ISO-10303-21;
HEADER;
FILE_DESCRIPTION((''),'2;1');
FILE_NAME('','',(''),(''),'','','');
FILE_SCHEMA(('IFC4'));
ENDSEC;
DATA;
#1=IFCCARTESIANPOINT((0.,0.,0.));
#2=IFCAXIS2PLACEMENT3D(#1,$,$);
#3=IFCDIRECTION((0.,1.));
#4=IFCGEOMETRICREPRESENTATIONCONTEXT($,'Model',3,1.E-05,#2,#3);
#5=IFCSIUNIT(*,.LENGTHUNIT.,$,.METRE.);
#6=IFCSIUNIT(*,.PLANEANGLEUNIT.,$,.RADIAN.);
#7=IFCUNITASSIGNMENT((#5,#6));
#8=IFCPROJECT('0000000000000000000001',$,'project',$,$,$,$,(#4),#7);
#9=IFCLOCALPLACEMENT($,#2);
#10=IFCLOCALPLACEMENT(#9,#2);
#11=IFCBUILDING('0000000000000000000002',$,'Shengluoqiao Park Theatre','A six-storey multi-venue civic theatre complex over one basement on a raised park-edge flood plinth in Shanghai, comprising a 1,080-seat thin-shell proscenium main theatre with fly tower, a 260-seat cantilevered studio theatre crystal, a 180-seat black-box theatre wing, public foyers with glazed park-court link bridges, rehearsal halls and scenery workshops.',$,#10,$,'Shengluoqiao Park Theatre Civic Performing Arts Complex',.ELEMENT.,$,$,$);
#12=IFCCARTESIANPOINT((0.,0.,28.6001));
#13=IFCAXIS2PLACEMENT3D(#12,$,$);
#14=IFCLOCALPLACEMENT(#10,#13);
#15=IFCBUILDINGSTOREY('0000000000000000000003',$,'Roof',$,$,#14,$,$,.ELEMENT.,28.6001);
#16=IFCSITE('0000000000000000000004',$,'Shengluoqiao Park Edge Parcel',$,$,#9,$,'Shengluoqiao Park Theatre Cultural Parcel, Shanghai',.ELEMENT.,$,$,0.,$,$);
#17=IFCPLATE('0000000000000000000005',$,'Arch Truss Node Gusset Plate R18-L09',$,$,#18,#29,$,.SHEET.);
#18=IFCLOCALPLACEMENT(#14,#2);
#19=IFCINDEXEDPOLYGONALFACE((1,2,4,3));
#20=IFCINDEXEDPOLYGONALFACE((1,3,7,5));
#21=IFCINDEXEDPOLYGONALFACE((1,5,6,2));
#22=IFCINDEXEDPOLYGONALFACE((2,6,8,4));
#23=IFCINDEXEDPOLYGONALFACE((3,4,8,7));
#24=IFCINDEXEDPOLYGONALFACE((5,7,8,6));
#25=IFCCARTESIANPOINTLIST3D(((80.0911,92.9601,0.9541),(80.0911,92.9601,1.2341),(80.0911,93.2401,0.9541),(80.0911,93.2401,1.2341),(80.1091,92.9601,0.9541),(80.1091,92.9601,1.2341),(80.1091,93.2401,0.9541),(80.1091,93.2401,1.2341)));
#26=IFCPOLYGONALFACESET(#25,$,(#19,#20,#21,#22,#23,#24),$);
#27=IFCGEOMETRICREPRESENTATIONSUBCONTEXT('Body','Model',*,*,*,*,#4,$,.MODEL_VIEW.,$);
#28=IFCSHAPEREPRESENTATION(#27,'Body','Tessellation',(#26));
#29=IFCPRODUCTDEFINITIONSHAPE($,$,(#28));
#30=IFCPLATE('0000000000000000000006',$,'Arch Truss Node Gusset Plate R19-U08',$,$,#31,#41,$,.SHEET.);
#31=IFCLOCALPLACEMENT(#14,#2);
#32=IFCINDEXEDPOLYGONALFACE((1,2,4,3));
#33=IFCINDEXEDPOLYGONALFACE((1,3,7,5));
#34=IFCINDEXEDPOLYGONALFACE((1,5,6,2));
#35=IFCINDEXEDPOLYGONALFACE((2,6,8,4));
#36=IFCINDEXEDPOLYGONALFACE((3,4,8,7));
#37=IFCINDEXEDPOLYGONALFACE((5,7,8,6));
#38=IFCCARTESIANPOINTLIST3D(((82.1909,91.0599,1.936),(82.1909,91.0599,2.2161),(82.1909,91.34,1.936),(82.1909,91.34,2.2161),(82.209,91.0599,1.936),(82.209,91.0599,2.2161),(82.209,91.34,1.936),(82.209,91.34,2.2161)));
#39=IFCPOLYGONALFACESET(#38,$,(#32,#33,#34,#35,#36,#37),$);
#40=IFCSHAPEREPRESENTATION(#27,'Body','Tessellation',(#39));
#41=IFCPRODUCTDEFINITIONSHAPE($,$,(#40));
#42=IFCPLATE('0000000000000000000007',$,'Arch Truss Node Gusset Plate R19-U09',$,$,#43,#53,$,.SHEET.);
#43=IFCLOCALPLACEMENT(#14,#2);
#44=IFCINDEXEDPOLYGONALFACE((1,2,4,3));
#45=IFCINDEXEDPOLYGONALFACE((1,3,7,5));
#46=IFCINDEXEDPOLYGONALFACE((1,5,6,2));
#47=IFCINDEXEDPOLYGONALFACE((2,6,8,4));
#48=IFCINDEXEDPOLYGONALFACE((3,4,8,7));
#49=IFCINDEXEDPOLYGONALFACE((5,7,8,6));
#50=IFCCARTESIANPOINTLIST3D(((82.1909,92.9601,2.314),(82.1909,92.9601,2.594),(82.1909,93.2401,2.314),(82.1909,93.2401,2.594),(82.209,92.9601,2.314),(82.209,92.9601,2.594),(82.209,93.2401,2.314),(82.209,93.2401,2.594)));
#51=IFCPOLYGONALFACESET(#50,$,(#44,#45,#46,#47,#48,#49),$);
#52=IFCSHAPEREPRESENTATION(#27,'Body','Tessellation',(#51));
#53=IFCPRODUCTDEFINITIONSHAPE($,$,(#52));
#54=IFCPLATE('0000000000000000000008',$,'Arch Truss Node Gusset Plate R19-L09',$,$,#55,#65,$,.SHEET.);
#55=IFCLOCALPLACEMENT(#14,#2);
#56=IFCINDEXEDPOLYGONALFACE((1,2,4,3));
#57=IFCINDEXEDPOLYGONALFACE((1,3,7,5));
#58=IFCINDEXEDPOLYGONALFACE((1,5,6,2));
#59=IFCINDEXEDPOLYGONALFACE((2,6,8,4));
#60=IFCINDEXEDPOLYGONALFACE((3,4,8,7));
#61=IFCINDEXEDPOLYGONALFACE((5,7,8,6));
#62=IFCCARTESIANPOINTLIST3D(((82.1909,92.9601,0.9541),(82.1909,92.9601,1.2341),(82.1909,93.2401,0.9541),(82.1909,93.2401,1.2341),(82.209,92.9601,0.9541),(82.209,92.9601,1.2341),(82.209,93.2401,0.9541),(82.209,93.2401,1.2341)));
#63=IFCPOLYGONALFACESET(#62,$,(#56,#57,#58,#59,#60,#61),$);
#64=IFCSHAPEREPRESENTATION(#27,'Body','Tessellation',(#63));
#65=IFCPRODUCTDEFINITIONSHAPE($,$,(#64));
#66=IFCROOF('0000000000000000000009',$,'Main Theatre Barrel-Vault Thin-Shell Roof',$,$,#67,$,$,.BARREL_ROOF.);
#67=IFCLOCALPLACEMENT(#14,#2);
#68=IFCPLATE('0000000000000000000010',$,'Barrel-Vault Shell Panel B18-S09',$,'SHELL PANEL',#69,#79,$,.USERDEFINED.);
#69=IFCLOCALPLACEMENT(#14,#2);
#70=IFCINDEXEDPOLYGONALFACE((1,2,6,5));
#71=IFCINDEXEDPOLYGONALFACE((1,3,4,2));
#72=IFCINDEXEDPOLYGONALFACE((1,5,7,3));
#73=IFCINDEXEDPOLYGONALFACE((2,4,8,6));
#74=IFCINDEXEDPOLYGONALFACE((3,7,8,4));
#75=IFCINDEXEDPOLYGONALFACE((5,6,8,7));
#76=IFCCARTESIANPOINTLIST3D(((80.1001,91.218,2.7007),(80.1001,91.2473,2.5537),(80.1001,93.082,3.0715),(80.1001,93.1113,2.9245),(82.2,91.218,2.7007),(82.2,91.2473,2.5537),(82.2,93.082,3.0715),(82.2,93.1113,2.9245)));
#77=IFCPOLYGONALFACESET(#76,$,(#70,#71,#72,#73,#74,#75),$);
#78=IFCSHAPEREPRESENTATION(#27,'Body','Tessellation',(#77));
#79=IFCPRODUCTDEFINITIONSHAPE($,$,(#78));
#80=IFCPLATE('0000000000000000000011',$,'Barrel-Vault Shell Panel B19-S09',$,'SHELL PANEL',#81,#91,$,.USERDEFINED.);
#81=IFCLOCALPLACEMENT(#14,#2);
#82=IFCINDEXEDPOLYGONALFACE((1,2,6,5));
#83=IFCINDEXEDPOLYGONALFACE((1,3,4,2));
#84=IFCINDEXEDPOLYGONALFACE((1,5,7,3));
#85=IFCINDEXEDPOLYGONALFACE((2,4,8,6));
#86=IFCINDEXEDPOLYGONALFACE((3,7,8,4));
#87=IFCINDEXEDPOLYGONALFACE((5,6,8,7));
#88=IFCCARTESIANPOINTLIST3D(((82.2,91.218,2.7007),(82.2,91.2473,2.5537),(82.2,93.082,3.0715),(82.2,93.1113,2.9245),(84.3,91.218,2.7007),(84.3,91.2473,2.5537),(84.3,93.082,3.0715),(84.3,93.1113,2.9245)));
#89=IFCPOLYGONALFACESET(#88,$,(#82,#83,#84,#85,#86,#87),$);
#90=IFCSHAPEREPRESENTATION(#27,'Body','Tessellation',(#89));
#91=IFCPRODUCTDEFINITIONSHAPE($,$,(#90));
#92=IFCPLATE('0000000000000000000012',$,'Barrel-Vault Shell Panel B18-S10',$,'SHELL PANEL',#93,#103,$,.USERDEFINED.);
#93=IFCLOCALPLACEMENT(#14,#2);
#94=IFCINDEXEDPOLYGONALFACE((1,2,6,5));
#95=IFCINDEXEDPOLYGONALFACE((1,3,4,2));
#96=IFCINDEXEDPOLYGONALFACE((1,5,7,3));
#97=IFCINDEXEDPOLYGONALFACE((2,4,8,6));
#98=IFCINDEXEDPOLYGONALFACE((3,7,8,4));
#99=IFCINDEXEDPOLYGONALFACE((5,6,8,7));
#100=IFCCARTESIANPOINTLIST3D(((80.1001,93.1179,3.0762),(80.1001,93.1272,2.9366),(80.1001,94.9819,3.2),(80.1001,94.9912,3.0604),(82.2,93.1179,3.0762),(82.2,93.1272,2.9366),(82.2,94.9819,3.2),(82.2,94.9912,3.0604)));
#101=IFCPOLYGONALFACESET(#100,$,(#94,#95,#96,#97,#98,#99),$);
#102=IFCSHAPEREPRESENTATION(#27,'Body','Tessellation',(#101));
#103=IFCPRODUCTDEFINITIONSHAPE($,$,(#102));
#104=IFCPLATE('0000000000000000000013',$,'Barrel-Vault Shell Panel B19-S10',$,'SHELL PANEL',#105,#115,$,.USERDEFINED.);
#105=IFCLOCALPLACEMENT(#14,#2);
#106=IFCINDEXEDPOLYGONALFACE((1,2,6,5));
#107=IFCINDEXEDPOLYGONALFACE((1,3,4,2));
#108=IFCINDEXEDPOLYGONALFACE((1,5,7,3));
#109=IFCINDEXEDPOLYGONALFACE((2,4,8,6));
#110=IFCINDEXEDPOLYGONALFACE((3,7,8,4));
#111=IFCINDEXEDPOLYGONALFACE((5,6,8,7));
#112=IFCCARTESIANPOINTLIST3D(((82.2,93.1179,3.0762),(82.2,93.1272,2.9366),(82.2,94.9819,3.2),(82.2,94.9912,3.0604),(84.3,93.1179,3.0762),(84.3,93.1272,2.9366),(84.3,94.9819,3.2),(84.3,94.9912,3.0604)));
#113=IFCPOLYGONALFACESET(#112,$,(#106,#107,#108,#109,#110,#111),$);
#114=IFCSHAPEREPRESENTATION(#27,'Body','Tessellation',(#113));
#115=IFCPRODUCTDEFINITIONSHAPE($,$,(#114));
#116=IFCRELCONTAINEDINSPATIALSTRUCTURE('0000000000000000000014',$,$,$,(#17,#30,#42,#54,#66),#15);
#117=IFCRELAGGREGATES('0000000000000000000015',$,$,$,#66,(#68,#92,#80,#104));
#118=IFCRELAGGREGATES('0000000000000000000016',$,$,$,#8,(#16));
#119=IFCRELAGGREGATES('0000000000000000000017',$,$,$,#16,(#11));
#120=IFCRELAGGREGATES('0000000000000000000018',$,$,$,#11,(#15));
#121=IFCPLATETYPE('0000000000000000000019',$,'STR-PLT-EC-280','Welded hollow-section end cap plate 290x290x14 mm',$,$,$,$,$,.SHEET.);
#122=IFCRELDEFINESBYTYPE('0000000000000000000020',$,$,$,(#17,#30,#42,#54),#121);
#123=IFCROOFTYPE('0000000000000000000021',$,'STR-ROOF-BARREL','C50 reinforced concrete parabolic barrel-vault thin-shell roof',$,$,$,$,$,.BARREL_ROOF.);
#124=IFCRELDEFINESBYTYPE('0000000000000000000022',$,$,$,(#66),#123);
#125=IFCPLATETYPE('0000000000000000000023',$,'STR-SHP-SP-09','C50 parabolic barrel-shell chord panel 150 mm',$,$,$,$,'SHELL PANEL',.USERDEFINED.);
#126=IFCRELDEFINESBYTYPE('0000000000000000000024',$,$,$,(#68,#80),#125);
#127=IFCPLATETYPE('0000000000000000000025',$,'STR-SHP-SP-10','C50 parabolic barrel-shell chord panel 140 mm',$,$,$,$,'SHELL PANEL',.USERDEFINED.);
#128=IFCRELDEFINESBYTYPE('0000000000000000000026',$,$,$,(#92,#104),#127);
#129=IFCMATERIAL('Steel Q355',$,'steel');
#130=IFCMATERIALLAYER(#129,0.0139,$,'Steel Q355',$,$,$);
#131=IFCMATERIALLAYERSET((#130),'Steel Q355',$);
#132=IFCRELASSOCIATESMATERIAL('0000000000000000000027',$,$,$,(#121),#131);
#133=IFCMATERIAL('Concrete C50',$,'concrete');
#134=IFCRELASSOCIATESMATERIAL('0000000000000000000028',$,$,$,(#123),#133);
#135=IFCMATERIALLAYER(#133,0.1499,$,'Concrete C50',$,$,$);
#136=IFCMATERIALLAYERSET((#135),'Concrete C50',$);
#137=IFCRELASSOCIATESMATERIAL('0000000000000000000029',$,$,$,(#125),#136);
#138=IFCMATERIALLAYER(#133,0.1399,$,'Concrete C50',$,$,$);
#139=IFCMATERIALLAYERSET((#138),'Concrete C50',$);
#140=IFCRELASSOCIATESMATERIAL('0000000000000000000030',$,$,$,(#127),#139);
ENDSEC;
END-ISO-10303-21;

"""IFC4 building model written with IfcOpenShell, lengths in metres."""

from ifc_helpers import new_model, si_unit, direction, frame, origin, origin_2d, place, context, subcontext, project, spatial, polyline, rectangle, outline, extrude, material, layer, layer_set, type_object, element, aggregate, save


model = new_model("IFC4")

# Units and contexts
model_context = context("Model", 3, precision=1e-05, world=origin(), true_north=direction((0.0, 1.0)))
body_context = subcontext(model_context, "Body", "Model", "MODEL_VIEW")
ifc_project = project(units=[si_unit("LENGTHUNIT", "METRE"), si_unit("PLANEANGLEUNIT", "RADIAN")], contexts=[model_context])

# Site, building, storey
site_placement = place(None, origin())
site = spatial("IfcSite", under=ifc_project, at=site_placement, Name="Shengluoqiao Park Edge Parcel", LongName="Shengluoqiao Park Theatre Cultural Parcel, Shanghai", CompositionType="ELEMENT", RefElevation=0.0)
building_placement = place(site_placement, origin())
building = spatial("IfcBuilding", under=site, at=building_placement, Name="Shengluoqiao Park Theatre", Description="A six-storey multi-venue civic theatre complex over one basement on a raised park-edge flood plinth in Shanghai, comprising a 1,080-seat thin-shell proscenium main theatre with fly tower, a 260-seat cantilevered studio theatre crystal, a 180-seat black-box theatre wing, public foyers with glazed park-court link bridges, rehearsal halls and scenery workshops.", LongName="Shengluoqiao Park Theatre Civic Performing Arts Complex", CompositionType="ELEMENT")
storey_placement = place(building_placement, frame((0.0, 0.0, 28.6001)))
storey = spatial("IfcBuildingStorey", under=building, at=storey_placement, Name="Roof", CompositionType="ELEMENT", Elevation=28.6001)

# Shared definitions
ifc_material_1 = material(Name="Concrete C50", Category="concrete")
ifc_material_2 = material(Name="Steel Q355", Category="steel")

# Plates
ifc_layer_1 = layer(ifc_material_2, 0.0139, Name="Steel Q355")
ifc_layer_set_1 = layer_set([ifc_layer_1], Name="Steel Q355")
plate_type_1 = type_object("IfcPlateType", Name="STR-PLT-EC-280", Description="Welded hollow-section end cap plate 290x290x14 mm", PredefinedType="SHEET", material=ifc_layer_set_1)
for number, where, z_axis, x_axis, name in (
    (1, (80.1001, 93.1001, 0.9541), (0.0, 0.0, 1.0), (1.0, 0.0, 0.0), "Arch Truss Node Gusset Plate R18-L09"),
    (2, (82.2, 91.2, 1.936), (0.0, 0.0, 1.0), (1.0, 0.0, 0.0), "Arch Truss Node Gusset Plate R19-U08"),
    (3, (82.2, 93.1001, 2.314), (0.0, 0.0, 1.0), (1.0, 0.0, 0.0), "Arch Truss Node Gusset Plate R19-U09"),
    (4, (82.2, 93.1001, 0.9541), (0.0, 0.0, 1.0), (1.0, 0.0, 0.0), "Arch Truss Node Gusset Plate R19-L09"),
):
    element("IfcPlate", number, at=place(storey_placement, frame(where, z_axis=z_axis, x_axis=x_axis)), inside=storey, type_object=plate_type_1, Name=name, PredefinedType="SHEET", context=body_context, shape_type="SweptSolid", body=[
        extrude(rectangle(XDim=0.0181, YDim=0.28, at=origin_2d()), origin(), (0.0, 0.0, 1.0), 0.28),
    ])

# Roof, plates
roof_type = type_object("IfcRoofType", Name="STR-ROOF-BARREL", Description="C50 reinforced concrete parabolic barrel-vault thin-shell roof", PredefinedType="BARREL_ROOF", material=ifc_material_1)
roof_placement = place(storey_placement, origin())
roof = element("IfcRoof", 5, at=roof_placement, inside=storey, type_object=roof_type, Name="Main Theatre Barrel-Vault Thin-Shell Roof", PredefinedType="BARREL_ROOF")
ifc_layer_2 = layer(ifc_material_1, 0.1499, Name="Concrete C50")
ifc_layer_set_2 = layer_set([ifc_layer_2], Name="Concrete C50")
plate_type_2 = type_object("IfcPlateType", Name="STR-SHP-SP-09", Description="C50 parabolic barrel-shell chord panel 150 mm", ElementType="SHELL PANEL", PredefinedType="USERDEFINED", material=ifc_layer_set_2)
plate_1_placement = place(storey_placement, frame((80.1001, 91.218, 2.7007), z_axis=(0.0, -0.195128, 0.980778), x_axis=(1.0, 0.0, 0.0)))
plate_1 = element("IfcPlate", 6, at=plate_1_placement, type_object=plate_type_2, Name="Barrel-Vault Shell Panel B18-S09", ObjectType="SHELL PANEL", PredefinedType="USERDEFINED", context=body_context, shape_type="SweptSolid", body=[
    extrude(outline(polyline([(0.0, 0.0), (2.0999, 0.0), (2.0999, 1.9005), (0.0, 1.9005), (0.0, 0.0)])), origin(), (0.0, 0.0, -1.0), 0.1499),
])
plate_2_placement = place(storey_placement, frame((82.2, 91.218, 2.7007), z_axis=(0.0, -0.195128, 0.980778), x_axis=(1.0, 0.0, 0.0)))
plate_2 = element("IfcPlate", 7, at=plate_2_placement, type_object=plate_type_2, Name="Barrel-Vault Shell Panel B19-S09", ObjectType="SHELL PANEL", PredefinedType="USERDEFINED", context=body_context, shape_type="SweptSolid", body=[
    extrude(outline(polyline([(0.0, 0.0), (2.1001, 0.0), (2.1001, 1.9005), (0.0, 1.9005), (0.0, 0.0)])), origin(), (0.0, 0.0, -1.0), 0.1499),
])
ifc_layer_3 = layer(ifc_material_1, 0.1399, Name="Concrete C50")
ifc_layer_set_3 = layer_set([ifc_layer_3], Name="Concrete C50")
plate_type_3 = type_object("IfcPlateType", Name="STR-SHP-SP-10", Description="C50 parabolic barrel-shell chord panel 140 mm", ElementType="SHELL PANEL", PredefinedType="USERDEFINED", material=ifc_layer_set_3)
plate_3_placement = place(storey_placement, frame((80.1001, 93.1179, 3.0762), z_axis=(0.0, -0.066259, 0.997802), x_axis=(1.0, 0.0, 0.0)))
plate_3 = element("IfcPlate", 8, at=plate_3_placement, type_object=plate_type_3, Name="Barrel-Vault Shell Panel B18-S10", ObjectType="SHELL PANEL", PredefinedType="USERDEFINED", context=body_context, shape_type="SweptSolid", body=[
    extrude(outline(polyline([(0.0, 0.0), (2.0999, 0.0), (2.0999, 1.8681), (0.0, 1.8681), (0.0, 0.0)])), origin(), (0.0, 0.0, -1.0), 0.1399),
])
plate_4_placement = place(storey_placement, frame((82.2, 93.1179, 3.0762), z_axis=(0.0, -0.066259, 0.997802), x_axis=(1.0, 0.0, 0.0)))
plate_4 = element("IfcPlate", 9, at=plate_4_placement, type_object=plate_type_3, Name="Barrel-Vault Shell Panel B19-S10", ObjectType="SHELL PANEL", PredefinedType="USERDEFINED", context=body_context, shape_type="SweptSolid", body=[
    extrude(outline(polyline([(0.0, 0.0), (2.1001, 0.0), (2.1001, 1.8681), (0.0, 1.8681), (0.0, 0.0)])), origin(), (0.0, 0.0, -1.0), 0.1399),
])
aggregate(roof, [plate_1, plate_3, plate_2, plate_4])

save(model, "model.ifc")
